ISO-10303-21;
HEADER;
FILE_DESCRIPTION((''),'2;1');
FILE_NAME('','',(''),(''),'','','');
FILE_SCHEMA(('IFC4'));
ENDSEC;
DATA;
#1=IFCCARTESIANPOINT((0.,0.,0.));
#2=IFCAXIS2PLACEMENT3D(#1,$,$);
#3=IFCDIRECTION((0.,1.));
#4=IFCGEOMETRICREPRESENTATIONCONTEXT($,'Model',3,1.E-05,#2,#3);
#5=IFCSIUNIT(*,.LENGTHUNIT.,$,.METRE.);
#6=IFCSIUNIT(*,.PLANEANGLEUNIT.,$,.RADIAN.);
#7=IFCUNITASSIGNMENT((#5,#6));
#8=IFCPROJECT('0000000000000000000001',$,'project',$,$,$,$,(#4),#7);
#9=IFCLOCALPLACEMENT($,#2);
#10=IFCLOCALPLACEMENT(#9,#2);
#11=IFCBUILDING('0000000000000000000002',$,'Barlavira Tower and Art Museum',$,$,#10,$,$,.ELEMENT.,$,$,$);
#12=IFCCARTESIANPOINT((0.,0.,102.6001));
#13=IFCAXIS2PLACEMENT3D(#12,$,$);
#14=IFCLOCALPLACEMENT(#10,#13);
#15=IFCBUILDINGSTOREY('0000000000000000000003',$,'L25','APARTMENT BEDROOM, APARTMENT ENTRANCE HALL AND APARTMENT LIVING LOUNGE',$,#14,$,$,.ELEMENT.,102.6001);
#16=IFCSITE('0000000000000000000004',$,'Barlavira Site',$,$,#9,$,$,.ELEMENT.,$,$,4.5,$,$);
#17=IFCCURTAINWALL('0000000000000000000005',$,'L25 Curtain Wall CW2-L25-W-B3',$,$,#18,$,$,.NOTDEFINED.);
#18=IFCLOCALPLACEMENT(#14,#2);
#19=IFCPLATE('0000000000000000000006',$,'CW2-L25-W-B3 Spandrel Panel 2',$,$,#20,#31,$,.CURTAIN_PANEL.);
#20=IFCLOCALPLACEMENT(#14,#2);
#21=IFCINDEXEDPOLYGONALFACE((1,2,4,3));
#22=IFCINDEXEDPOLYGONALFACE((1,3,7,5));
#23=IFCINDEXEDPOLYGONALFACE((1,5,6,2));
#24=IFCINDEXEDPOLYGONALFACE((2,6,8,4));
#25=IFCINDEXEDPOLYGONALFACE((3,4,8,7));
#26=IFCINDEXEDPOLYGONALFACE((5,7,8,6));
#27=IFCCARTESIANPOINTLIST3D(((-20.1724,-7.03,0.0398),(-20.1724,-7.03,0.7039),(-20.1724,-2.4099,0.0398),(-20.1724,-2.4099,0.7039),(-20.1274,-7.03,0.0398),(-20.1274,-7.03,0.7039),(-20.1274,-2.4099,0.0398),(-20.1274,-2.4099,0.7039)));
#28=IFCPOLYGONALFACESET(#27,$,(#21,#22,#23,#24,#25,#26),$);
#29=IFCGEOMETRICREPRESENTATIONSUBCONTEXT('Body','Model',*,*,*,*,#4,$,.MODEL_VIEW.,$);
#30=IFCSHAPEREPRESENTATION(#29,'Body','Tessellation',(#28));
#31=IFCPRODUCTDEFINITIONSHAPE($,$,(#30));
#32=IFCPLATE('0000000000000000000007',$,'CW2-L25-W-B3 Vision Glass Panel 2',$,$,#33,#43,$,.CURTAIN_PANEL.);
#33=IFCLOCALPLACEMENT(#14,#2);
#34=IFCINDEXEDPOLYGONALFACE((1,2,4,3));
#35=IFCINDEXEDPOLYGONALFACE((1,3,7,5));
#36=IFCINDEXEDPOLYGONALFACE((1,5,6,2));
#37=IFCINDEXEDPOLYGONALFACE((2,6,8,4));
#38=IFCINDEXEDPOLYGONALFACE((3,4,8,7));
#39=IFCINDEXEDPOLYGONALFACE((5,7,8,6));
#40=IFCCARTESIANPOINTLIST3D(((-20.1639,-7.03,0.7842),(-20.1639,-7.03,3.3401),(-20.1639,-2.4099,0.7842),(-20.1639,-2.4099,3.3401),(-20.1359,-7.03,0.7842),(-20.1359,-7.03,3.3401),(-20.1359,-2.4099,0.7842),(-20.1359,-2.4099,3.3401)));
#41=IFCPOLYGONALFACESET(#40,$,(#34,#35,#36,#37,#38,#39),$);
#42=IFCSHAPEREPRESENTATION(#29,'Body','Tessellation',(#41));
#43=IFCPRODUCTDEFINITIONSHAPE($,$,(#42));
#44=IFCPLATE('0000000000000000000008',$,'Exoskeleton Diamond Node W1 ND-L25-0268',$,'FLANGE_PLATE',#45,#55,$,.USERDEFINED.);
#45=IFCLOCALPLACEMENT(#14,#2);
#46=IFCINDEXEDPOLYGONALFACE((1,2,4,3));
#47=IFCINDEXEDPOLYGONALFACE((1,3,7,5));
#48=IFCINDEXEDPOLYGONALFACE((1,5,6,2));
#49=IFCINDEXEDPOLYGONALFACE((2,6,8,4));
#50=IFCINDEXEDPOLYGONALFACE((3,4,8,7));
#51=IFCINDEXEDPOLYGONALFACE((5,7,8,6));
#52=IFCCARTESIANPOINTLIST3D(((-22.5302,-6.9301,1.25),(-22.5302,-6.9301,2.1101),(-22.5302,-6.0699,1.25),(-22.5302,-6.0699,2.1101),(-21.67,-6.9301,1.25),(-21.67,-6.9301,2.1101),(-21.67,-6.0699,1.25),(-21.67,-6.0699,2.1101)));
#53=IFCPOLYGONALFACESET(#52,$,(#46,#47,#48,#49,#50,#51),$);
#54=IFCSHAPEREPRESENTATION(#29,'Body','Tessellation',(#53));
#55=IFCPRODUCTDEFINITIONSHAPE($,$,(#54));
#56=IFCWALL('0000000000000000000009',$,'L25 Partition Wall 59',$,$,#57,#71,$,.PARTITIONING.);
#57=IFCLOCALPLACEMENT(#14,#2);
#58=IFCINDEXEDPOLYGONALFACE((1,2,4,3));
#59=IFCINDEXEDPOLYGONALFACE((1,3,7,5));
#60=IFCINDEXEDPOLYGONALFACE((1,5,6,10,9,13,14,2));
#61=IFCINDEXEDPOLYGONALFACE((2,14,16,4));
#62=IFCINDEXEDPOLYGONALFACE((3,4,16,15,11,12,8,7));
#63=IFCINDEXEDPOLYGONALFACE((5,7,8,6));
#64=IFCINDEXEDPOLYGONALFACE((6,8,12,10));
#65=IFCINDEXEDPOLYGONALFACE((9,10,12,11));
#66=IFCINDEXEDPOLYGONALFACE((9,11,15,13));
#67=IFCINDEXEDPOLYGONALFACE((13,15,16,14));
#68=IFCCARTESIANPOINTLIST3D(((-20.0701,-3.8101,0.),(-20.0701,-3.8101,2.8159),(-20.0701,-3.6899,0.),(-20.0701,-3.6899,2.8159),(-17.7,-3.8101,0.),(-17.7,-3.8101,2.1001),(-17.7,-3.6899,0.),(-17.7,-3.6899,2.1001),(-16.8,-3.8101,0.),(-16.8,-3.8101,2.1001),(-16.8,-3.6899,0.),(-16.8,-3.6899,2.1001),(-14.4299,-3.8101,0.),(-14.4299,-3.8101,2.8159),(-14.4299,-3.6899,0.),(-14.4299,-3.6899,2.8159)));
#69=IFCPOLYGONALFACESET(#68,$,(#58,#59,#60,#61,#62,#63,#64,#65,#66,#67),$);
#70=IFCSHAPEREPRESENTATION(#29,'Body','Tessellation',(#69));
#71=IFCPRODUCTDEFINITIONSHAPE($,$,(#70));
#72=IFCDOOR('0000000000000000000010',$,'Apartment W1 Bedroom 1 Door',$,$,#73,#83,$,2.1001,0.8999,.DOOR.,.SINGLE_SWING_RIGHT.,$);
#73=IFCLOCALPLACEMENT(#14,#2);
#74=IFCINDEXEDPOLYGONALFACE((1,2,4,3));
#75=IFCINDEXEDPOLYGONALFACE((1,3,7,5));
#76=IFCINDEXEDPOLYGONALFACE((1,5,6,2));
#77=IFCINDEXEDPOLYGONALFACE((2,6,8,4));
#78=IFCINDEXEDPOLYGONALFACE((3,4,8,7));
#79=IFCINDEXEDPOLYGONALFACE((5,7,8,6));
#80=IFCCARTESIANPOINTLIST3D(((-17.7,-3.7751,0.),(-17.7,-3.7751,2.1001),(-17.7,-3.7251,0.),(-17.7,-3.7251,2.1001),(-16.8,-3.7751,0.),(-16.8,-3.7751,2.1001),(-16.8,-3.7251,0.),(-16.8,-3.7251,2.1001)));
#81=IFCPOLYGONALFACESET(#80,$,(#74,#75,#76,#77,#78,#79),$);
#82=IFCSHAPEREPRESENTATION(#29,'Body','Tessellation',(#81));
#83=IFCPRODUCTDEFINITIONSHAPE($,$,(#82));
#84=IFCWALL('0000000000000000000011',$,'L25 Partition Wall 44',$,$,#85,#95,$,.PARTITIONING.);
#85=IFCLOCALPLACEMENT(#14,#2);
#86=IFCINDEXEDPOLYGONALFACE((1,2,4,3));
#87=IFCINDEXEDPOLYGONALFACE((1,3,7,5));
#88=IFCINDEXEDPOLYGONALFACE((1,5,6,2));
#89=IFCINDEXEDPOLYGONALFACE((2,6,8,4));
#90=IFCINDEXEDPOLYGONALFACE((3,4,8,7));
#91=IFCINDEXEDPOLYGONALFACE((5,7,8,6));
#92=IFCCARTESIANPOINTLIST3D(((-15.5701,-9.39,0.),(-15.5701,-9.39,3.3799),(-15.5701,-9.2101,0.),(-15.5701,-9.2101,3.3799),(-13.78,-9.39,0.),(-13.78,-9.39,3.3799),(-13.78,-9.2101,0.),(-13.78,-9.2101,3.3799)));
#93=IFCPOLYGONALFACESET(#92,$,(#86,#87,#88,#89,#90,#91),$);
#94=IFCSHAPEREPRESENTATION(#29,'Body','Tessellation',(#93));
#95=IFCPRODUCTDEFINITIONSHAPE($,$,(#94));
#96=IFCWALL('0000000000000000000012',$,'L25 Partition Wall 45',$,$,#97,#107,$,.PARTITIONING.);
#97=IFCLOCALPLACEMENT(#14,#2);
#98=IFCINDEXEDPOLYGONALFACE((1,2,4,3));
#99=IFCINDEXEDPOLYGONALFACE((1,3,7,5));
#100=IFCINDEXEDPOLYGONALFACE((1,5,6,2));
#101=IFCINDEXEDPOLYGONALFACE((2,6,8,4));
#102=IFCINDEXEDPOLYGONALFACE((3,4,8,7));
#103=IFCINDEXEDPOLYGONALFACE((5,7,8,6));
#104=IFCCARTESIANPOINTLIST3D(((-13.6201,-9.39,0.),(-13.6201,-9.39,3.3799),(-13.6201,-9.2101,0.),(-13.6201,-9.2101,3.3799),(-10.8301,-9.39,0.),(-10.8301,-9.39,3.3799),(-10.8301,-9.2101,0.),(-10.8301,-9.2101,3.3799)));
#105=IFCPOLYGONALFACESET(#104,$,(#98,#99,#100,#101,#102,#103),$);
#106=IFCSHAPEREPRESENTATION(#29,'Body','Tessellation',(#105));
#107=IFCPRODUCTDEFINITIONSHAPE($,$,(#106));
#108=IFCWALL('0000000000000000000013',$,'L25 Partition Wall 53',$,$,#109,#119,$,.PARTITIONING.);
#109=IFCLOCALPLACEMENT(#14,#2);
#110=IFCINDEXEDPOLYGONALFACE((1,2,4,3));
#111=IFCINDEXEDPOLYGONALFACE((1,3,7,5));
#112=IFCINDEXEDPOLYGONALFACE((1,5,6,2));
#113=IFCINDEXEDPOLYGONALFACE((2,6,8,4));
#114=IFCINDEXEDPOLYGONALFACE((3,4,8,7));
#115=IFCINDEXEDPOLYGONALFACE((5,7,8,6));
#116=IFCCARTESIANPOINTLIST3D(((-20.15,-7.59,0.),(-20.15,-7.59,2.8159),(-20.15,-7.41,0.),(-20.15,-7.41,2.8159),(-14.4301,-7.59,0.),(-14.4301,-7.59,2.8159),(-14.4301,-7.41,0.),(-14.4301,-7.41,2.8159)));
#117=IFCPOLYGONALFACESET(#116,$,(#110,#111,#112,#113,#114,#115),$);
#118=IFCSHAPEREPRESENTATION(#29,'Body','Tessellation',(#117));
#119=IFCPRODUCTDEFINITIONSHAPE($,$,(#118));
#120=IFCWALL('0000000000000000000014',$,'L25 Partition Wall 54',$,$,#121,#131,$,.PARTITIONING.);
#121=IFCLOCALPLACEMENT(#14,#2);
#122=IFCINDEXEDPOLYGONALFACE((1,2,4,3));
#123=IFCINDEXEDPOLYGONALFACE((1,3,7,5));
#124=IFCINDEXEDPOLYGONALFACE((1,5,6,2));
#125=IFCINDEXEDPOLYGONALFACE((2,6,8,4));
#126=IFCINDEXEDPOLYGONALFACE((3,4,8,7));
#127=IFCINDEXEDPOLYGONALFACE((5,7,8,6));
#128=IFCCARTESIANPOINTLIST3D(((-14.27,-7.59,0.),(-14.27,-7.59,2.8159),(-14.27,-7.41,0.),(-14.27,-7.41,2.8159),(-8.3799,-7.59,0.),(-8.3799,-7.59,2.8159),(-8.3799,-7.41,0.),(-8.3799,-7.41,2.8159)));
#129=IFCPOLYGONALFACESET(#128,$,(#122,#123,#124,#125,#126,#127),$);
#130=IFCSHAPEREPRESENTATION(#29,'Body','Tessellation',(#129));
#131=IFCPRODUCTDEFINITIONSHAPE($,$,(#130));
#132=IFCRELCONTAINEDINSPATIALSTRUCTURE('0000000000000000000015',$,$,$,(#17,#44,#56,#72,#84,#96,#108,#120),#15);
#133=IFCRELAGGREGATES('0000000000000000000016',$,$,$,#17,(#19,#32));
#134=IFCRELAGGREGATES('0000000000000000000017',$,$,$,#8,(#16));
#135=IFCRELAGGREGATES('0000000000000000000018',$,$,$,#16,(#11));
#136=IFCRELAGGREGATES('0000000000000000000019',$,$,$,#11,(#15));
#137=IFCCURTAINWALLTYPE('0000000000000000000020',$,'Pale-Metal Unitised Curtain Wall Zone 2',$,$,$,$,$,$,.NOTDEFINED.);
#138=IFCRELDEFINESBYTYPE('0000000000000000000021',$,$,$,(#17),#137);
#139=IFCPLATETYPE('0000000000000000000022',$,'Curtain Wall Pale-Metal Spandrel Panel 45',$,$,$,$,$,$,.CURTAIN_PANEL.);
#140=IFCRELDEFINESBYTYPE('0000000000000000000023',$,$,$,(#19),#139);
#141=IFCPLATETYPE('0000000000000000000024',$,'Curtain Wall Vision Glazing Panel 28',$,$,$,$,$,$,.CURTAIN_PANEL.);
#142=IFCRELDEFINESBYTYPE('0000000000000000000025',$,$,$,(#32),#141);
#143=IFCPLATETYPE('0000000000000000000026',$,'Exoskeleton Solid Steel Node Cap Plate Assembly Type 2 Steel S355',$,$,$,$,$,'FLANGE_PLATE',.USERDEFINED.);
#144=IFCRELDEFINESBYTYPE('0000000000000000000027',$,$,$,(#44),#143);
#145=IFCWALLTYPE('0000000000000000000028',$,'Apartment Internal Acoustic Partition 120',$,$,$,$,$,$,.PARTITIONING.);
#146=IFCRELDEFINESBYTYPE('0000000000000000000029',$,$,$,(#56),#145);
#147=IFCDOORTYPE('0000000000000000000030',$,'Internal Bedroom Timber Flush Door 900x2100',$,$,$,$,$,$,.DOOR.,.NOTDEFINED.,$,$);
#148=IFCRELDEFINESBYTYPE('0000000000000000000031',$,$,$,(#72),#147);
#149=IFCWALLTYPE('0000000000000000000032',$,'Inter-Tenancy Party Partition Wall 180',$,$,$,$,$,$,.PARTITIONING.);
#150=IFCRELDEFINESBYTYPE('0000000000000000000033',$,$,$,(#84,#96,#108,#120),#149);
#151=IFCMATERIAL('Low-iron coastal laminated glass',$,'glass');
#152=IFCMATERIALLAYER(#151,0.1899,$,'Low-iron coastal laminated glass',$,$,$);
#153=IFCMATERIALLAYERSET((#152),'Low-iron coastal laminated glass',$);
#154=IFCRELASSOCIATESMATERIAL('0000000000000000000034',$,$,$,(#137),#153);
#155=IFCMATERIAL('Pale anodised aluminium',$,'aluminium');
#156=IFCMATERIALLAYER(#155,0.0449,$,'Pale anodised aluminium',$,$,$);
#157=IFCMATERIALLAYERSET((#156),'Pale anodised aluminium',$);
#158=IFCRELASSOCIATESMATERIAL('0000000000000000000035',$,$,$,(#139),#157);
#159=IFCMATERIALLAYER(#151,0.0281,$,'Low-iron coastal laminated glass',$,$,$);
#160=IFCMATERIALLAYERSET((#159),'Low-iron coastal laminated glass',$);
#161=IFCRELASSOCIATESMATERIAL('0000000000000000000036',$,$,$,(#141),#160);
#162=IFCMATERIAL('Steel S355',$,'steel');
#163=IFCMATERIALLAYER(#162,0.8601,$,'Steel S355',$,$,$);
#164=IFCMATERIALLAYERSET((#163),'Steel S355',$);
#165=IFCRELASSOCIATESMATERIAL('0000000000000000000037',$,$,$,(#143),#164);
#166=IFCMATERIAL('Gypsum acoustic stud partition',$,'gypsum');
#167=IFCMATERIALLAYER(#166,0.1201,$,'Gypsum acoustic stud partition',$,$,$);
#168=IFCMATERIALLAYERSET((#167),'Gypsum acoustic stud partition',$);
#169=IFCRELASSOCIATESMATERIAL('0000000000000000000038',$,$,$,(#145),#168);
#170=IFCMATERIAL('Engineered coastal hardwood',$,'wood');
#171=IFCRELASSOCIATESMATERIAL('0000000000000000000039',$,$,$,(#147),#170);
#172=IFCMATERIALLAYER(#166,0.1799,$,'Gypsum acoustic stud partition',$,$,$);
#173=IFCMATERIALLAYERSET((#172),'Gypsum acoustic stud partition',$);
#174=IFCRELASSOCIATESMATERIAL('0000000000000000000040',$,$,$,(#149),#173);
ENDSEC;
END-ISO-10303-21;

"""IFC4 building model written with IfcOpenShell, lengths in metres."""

from ifc_helpers import new_model, si_unit, direction, frame, frame_2d, origin, origin_2d, place, context, subcontext, project, spatial, rectangle, extrude, material, layer, layer_set, type_object, element, fill, aggregate, save


model = new_model("IFC4")

# Units and contexts
model_context = context("Model", 3, precision=1e-05, world=origin(), true_north=direction((0.0, 1.0)))
body_context = subcontext(model_context, "Body", "Model", "MODEL_VIEW")
ifc_project = project(units=[si_unit("LENGTHUNIT", "METRE"), si_unit("PLANEANGLEUNIT", "RADIAN")], contexts=[model_context])

# Site, building, storey
site_placement = place(None, origin())
site = spatial("IfcSite", under=ifc_project, at=site_placement, Name="Barlavira Site", CompositionType="ELEMENT", RefElevation=4.5)
building_placement = place(site_placement, origin())
building = spatial("IfcBuilding", under=site, at=building_placement, Name="Barlavira Tower and Art Museum", CompositionType="ELEMENT")
storey_placement = place(building_placement, frame((0.0, 0.0, 102.6001)))
storey = spatial("IfcBuildingStorey", under=building, at=storey_placement, Name="L25", Description="APARTMENT BEDROOM, APARTMENT ENTRANCE HALL AND APARTMENT LIVING LOUNGE", CompositionType="ELEMENT", Elevation=102.6001)

# Curtain wall
ifc_material_1 = material(Name="Low-iron coastal laminated glass", Category="glass")
ifc_layer_1 = layer(ifc_material_1, 0.1899, Name="Low-iron coastal laminated glass")
ifc_layer_set_1 = layer_set([ifc_layer_1], Name="Low-iron coastal laminated glass")
curtain_wall_type = type_object("IfcCurtainWallType", Name="Pale-Metal Unitised Curtain Wall Zone 2", PredefinedType="NOTDEFINED", material=ifc_layer_set_1)
curtain_wall_placement = place(storey_placement, origin())
curtain_wall = element("IfcCurtainWall", 1, at=curtain_wall_placement, inside=storey, type_object=curtain_wall_type, Name="L25 Curtain Wall CW2-L25-W-B3", PredefinedType="NOTDEFINED")
ifc_material_2 = material(Name="Pale anodised aluminium", Category="aluminium")

# Shared definitions
ifc_material_3 = material(Name="Steel S355", Category="steel")

# Plates
ifc_layer_2 = layer(ifc_material_2, 0.0449, Name="Pale anodised aluminium")
ifc_layer_set_2 = layer_set([ifc_layer_2], Name="Pale anodised aluminium")
plate_type_1 = type_object("IfcPlateType", Name="Curtain Wall Pale-Metal Spandrel Panel 45", PredefinedType="CURTAIN_PANEL", material=ifc_layer_set_2)
plate_1_placement = place(storey_placement, frame((-20.1499, -4.72, 0.0398), z_axis=(0.0, 0.0, 1.0), x_axis=(0.0, -1.0, 0.0)))
plate_1 = element("IfcPlate", 2, at=plate_1_placement, type_object=plate_type_1, Name="CW2-L25-W-B3 Spandrel Panel 2", PredefinedType="CURTAIN_PANEL", context=body_context, shape_type="SweptSolid", body=[
    extrude(rectangle(XDim=4.6201, YDim=0.0449, at=origin_2d()), origin(), (0.0, 0.0, 1.0), 0.6641),
])
ifc_layer_3 = layer(ifc_material_1, 0.0281, Name="Low-iron coastal laminated glass")
ifc_layer_set_3 = layer_set([ifc_layer_3], Name="Low-iron coastal laminated glass")
plate_type_2 = type_object("IfcPlateType", Name="Curtain Wall Vision Glazing Panel 28", PredefinedType="CURTAIN_PANEL", material=ifc_layer_set_3)
plate_2_placement = place(storey_placement, frame((-20.1499, -4.72, 0.7842), z_axis=(0.0, 0.0, 1.0), x_axis=(0.0, -1.0, 0.0)))
plate_2 = element("IfcPlate", 3, at=plate_2_placement, type_object=plate_type_2, Name="CW2-L25-W-B3 Vision Glass Panel 2", PredefinedType="CURTAIN_PANEL", context=body_context, shape_type="SweptSolid", body=[
    extrude(rectangle(XDim=4.6201, YDim=0.0281, at=origin_2d()), origin(), (0.0, 0.0, 1.0), 2.5559),
])
aggregate(curtain_wall, [plate_1, plate_2])
ifc_layer_4 = layer(ifc_material_3, 0.8601, Name="Steel S355")
ifc_layer_set_4 = layer_set([ifc_layer_4], Name="Steel S355")
plate_type_3 = type_object("IfcPlateType", Name="Exoskeleton Solid Steel Node Cap Plate Assembly Type 2 Steel S355", ElementType="FLANGE_PLATE", PredefinedType="USERDEFINED", material=ifc_layer_set_4)
plate_3_placement = place(storey_placement, frame((-22.1001, -6.5, 1.25), z_axis=(0.0, 0.0, 1.0), x_axis=(1.0, 0.0, 0.0)))
element("IfcPlate", 4, at=plate_3_placement, inside=storey, type_object=plate_type_3, Name="Exoskeleton Diamond Node W1 ND-L25-0268", ObjectType="FLANGE_PLATE", PredefinedType="USERDEFINED", context=body_context, shape_type="SweptSolid", body=[
    extrude(rectangle(XDim=0.8601, YDim=0.8601, at=origin_2d()), origin(), (0.0, 0.0, 1.0), 0.8601),
])

# Wall, opening, door
ifc_material_4 = material(Name="Gypsum acoustic stud partition", Category="gypsum")
ifc_layer_5 = layer(ifc_material_4, 0.1201, Name="Gypsum acoustic stud partition")
ifc_layer_set_5 = layer_set([ifc_layer_5], Name="Gypsum acoustic stud partition")
wall_type_1 = type_object("IfcWallType", Name="Apartment Internal Acoustic Partition 120", PredefinedType="PARTITIONING", material=ifc_layer_set_5)
wall_1_placement = place(storey_placement, frame((-20.0701, -3.75, 0.0), z_axis=(0.0, 0.0, 1.0), x_axis=(1.0, 0.0, 0.0)))
wall_1 = element("IfcWall", 5, at=wall_1_placement, inside=storey, type_object=wall_type_1, Name="L25 Partition Wall 59", PredefinedType="PARTITIONING", context=body_context, shape_type="SweptSolid", body=[
    extrude(rectangle(XDim=5.6401, YDim=0.1201, at=frame_2d((2.8201, 0.0))), origin(), (0.0, 0.0, 1.0), 2.8159),
])
opening_1_placement = place(wall_1_placement, frame((2.3701, 0.0, 0.0)))
opening_1 = element("IfcOpeningElement", 6, at=opening_1_placement, cuts=wall_1, PredefinedType="OPENING", context=body_context, shape_type="SweptSolid", body=[
    extrude(rectangle(XDim=0.8999, YDim=2.1001, at=frame_2d((0.45, 1.05))), frame((0.0, 0.0701, 0.0), z_axis=(0.0, -1.0, 0.0), x_axis=(1.0, 0.0, 0.0)), (0.0, 0.0, 1.0), 0.1401),
])
ifc_material_5 = material(Name="Engineered coastal hardwood", Category="wood")
door_type_1 = type_object("IfcDoorType", Name="Internal Bedroom Timber Flush Door 900x2100", OperationType="NOTDEFINED", PredefinedType="DOOR", material=ifc_material_5)
door_1_placement = place(opening_1_placement, origin())
door_1 = element("IfcDoor", 7, at=door_1_placement, inside=storey, type_object=door_type_1, Name="Apartment W1 Bedroom 1 Door", OperationType="SINGLE_SWING_RIGHT", OverallHeight=2.1001, OverallWidth=0.8999, PredefinedType="DOOR", context=body_context, shape_type="SweptSolid", body=[
    extrude(rectangle(XDim=0.8999, YDim=2.1001, at=frame_2d((0.45, 1.05))), frame((0.0, 0.0249, 0.0), z_axis=(0.0, -1.0, 0.0), x_axis=(1.0, 0.0, 0.0)), (0.0, 0.0, 1.0), 0.05),
])
fill(opening_1, door_1)

# Walls
ifc_layer_6 = layer(ifc_material_4, 0.1799, Name="Gypsum acoustic stud partition")
ifc_layer_set_6 = layer_set([ifc_layer_6], Name="Gypsum acoustic stud partition")
wall_type_2 = type_object("IfcWallType", Name="Inter-Tenancy Party Partition Wall 180", PredefinedType="PARTITIONING", material=ifc_layer_set_6)
wall_2_placement = place(storey_placement, frame((-15.5701, -9.3, 0.0), z_axis=(0.0, 0.0, 1.0), x_axis=(1.0, 0.0, 0.0)))
element("IfcWall", 8, at=wall_2_placement, inside=storey, type_object=wall_type_2, Name="L25 Partition Wall 44", PredefinedType="PARTITIONING", context=body_context, shape_type="SweptSolid", body=[
    extrude(rectangle(XDim=1.79, YDim=0.1799, at=frame_2d((0.895, 0.0))), origin(), (0.0, 0.0, 1.0), 3.3799),
])
wall_3_placement = place(storey_placement, frame((-13.6201, -9.3, 0.0), z_axis=(0.0, 0.0, 1.0), x_axis=(1.0, 0.0, 0.0)))
element("IfcWall", 9, at=wall_3_placement, inside=storey, type_object=wall_type_2, Name="L25 Partition Wall 45", PredefinedType="PARTITIONING", context=body_context, shape_type="SweptSolid", body=[
    extrude(rectangle(XDim=2.79, YDim=0.1799, at=frame_2d((1.395, 0.0))), origin(), (0.0, 0.0, 1.0), 3.3799),
])
wall_4_placement = place(storey_placement, frame((-20.1499, -7.5, 0.0), z_axis=(0.0, 0.0, 1.0), x_axis=(1.0, 0.0, 0.0)))
element("IfcWall", 10, at=wall_4_placement, inside=storey, type_object=wall_type_2, Name="L25 Partition Wall 53", PredefinedType="PARTITIONING", context=body_context, shape_type="SweptSolid", body=[
    extrude(rectangle(XDim=5.72, YDim=0.1799, at=frame_2d((2.8599, 0.0))), origin(), (0.0, 0.0, 1.0), 2.8159),
])
wall_5_placement = place(storey_placement, frame((-14.27, -7.5, 0.0), z_axis=(0.0, 0.0, 1.0), x_axis=(1.0, 0.0, 0.0)))
element("IfcWall", 11, at=wall_5_placement, inside=storey, type_object=wall_type_2, Name="L25 Partition Wall 54", PredefinedType="PARTITIONING", context=body_context, shape_type="SweptSolid", body=[
    extrude(rectangle(XDim=5.8901, YDim=0.1799, at=frame_2d((2.9451, 0.0))), origin(), (0.0, 0.0, 1.0), 2.8159),
])

save(model, "model.ifc")
